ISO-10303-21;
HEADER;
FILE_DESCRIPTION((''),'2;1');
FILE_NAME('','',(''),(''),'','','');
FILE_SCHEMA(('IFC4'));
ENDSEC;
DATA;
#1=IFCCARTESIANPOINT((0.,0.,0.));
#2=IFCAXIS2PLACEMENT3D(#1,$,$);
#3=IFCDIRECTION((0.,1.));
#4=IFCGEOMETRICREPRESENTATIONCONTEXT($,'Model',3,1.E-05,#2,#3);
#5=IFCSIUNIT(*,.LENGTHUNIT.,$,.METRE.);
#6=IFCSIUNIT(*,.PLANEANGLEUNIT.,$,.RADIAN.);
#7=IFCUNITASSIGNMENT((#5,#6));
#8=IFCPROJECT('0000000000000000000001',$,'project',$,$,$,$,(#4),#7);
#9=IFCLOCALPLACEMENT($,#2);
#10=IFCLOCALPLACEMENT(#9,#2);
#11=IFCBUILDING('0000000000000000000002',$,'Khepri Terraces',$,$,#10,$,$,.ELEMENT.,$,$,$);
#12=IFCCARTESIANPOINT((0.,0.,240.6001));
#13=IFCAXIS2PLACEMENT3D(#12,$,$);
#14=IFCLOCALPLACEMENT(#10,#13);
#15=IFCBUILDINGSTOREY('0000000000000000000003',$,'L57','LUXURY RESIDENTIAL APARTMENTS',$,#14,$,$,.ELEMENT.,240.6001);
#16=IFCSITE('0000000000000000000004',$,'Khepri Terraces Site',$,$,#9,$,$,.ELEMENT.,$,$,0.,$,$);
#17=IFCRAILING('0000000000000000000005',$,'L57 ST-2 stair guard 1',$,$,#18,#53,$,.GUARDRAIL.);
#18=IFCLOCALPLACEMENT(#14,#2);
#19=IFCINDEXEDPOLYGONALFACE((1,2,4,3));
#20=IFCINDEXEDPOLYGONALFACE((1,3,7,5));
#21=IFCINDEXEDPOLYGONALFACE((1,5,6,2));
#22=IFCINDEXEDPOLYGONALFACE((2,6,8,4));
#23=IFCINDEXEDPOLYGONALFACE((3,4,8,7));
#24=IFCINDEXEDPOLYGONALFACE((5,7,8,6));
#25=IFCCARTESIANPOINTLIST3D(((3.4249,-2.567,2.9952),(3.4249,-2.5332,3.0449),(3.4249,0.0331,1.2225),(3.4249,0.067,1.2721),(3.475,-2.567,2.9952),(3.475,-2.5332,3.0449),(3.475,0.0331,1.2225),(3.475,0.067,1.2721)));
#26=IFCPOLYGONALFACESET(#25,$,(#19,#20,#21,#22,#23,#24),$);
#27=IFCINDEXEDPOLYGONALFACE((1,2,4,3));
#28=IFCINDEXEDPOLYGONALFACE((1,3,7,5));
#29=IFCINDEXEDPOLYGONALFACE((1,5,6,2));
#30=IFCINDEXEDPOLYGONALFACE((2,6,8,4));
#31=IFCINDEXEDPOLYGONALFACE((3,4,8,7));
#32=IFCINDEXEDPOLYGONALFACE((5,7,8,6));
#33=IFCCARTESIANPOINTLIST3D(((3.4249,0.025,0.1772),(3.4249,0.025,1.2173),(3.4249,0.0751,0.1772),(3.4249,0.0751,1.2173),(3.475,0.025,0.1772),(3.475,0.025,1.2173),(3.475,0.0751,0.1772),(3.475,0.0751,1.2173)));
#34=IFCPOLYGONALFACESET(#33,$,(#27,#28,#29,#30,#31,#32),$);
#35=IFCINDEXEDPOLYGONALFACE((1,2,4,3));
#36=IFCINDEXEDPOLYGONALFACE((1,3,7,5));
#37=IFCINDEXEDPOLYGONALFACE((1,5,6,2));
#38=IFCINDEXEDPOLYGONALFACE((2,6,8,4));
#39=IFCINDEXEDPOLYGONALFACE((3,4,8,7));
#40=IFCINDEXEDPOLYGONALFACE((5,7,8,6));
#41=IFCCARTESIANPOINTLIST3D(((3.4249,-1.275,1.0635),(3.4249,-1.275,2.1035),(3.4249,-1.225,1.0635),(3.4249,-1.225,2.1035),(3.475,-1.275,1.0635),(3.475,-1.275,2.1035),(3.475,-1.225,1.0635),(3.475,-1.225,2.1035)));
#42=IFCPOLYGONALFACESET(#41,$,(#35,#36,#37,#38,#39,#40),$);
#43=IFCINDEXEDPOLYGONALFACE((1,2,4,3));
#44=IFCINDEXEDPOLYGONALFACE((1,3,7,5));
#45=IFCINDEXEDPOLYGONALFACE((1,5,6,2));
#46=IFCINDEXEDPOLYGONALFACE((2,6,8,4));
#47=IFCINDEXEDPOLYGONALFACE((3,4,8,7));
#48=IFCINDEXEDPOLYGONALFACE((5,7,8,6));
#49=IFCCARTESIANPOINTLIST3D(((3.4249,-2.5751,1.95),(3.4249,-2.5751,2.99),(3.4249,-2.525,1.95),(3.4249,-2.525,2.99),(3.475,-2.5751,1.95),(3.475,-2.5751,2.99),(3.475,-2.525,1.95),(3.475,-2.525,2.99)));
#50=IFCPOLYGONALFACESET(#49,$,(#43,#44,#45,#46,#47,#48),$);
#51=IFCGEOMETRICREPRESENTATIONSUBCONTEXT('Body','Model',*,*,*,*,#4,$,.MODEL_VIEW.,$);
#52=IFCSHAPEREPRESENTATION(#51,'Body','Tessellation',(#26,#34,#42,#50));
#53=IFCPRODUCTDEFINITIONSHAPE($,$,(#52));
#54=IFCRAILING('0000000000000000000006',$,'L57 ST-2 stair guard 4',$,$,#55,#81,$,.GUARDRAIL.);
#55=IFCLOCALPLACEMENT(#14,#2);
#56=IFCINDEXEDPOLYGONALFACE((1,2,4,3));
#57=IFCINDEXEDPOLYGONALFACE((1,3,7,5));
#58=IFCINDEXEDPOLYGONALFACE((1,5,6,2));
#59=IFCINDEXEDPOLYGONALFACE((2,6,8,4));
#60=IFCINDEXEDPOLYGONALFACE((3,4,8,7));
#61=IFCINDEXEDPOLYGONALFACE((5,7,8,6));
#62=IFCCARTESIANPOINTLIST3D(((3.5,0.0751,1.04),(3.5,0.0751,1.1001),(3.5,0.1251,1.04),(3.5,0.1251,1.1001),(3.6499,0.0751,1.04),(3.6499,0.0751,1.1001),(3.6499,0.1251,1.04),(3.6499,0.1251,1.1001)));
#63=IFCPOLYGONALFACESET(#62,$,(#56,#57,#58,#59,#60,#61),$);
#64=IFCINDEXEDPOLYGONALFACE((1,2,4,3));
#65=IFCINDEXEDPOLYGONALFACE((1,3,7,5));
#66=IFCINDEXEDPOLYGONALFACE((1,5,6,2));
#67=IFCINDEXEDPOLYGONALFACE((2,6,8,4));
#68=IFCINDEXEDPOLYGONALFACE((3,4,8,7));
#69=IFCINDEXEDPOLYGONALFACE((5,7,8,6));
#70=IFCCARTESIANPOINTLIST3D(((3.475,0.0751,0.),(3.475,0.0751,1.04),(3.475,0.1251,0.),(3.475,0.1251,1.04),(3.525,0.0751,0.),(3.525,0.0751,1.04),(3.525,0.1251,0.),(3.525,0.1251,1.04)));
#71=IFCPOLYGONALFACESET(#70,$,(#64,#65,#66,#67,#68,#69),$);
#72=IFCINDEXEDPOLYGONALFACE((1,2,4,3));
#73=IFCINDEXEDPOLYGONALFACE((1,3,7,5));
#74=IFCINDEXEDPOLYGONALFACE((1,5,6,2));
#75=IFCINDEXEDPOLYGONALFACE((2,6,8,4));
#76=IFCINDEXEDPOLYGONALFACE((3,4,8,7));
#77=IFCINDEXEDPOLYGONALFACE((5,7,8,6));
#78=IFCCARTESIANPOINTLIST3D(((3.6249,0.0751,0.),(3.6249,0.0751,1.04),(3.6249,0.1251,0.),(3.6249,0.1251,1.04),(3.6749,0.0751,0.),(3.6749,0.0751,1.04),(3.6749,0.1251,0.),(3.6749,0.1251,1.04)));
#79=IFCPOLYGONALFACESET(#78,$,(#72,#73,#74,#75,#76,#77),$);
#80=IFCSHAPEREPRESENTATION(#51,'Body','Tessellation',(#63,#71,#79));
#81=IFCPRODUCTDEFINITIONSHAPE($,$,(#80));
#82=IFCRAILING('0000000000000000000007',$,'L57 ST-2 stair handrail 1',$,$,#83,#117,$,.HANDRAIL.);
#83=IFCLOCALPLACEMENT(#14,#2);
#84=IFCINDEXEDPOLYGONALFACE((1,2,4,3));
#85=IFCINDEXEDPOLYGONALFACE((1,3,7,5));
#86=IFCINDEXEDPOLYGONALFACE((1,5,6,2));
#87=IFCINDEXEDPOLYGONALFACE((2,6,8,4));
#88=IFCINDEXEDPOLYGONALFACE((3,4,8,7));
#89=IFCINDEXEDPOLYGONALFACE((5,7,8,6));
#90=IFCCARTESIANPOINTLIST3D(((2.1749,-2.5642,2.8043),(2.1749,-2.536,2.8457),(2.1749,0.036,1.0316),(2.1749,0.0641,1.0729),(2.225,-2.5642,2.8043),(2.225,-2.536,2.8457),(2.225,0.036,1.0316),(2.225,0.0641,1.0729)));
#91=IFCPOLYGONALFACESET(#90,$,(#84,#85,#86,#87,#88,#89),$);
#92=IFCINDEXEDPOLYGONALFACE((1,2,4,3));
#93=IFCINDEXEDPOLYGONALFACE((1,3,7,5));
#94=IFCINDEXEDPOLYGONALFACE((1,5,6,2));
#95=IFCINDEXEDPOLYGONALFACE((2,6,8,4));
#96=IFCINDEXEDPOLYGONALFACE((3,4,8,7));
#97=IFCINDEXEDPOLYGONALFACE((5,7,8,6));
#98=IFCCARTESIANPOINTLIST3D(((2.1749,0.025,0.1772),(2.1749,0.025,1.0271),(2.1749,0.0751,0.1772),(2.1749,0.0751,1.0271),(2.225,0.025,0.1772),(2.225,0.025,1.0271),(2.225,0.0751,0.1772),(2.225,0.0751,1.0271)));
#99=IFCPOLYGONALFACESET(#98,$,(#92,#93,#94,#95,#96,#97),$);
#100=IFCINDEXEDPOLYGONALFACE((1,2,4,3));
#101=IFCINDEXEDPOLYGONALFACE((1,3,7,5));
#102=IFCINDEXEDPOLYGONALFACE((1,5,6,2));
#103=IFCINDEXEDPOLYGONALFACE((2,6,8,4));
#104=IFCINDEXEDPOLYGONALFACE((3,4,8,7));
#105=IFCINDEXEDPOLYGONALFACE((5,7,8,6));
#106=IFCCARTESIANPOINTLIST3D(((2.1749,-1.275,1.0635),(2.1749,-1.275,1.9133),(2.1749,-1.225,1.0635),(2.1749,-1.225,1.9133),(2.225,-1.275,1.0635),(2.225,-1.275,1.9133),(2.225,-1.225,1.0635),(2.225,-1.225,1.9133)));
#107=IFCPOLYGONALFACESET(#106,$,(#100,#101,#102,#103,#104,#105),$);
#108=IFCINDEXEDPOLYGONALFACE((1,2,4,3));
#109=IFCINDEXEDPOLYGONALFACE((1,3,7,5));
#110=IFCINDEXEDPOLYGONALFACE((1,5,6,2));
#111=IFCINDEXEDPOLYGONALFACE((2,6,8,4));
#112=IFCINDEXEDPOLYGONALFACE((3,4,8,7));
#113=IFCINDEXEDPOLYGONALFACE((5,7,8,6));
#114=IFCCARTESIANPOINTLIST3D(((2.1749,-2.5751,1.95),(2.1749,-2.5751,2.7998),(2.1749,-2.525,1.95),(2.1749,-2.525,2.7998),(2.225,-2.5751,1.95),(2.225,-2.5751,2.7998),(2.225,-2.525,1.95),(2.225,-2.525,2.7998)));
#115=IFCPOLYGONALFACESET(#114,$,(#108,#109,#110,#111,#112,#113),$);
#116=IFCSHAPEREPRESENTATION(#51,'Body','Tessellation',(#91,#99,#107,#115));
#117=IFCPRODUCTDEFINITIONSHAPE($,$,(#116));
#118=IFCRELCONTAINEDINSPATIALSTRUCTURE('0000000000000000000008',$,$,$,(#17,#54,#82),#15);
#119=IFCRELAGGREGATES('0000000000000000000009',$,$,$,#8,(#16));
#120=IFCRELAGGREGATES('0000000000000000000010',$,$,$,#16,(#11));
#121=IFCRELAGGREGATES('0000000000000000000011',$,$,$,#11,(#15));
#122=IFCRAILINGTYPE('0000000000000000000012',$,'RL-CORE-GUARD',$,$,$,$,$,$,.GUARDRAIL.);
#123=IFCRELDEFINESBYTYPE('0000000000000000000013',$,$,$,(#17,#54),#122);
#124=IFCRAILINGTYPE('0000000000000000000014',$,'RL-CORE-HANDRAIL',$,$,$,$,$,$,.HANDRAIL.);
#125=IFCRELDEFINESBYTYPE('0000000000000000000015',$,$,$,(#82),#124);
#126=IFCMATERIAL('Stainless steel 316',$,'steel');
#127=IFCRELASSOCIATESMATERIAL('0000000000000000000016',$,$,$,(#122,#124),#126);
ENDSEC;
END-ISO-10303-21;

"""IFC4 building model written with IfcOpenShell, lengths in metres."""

from ifc_helpers import new_model, si_unit, direction, frame, origin, origin_2d, place, context, subcontext, project, spatial, rectangle, extrude, material, type_object, element, save


model = new_model("IFC4")

# Units and contexts
model_context = context("Model", 3, precision=1e-05, world=origin(), true_north=direction((0.0, 1.0)))
body_context = subcontext(model_context, "Body", "Model", "MODEL_VIEW")
ifc_project = project(units=[si_unit("LENGTHUNIT", "METRE"), si_unit("PLANEANGLEUNIT", "RADIAN")], contexts=[model_context])

# Site, building, storey
site_placement = place(None, origin())
site = spatial("IfcSite", under=ifc_project, at=site_placement, Name="Khepri Terraces Site", CompositionType="ELEMENT", RefElevation=0.0)
building_placement = place(site_placement, origin())
building = spatial("IfcBuilding", under=site, at=building_placement, Name="Khepri Terraces", CompositionType="ELEMENT")
storey_placement = place(building_placement, frame((0.0, 0.0, 240.6001)))
storey = spatial("IfcBuildingStorey", under=building, at=storey_placement, Name="L57", Description="LUXURY RESIDENTIAL APARTMENTS", CompositionType="ELEMENT", Elevation=240.6001)

# Railings
ifc_material_1 = material(Name="Stainless steel 316", Category="steel")
railing_type_1 = type_object("IfcRailingType", Name="RL-CORE-GUARD", PredefinedType="GUARDRAIL", material=ifc_material_1)
railing_1_placement = place(storey_placement, frame((3.45, 0.05, 0.1772)))
element("IfcRailing", 1, at=railing_1_placement, inside=storey, type_object=railing_type_1, Name="L57 ST-2 stair guard 1", PredefinedType="GUARDRAIL", context=body_context, shape_type="SweptSolid", body=[
    extrude(rectangle(XDim=0.05, YDim=0.0601, at=origin_2d()), frame((0.0, 0.0, 1.0701), z_axis=(0.0, -0.82624, 0.563318), x_axis=(1.0, 0.0, 0.0)), (0.0, 0.0, 1.0), 3.147),
    extrude(rectangle(XDim=0.05, YDim=0.05, at=origin_2d()), origin(), (0.0, 0.0, 1.0), 1.04),
    extrude(rectangle(XDim=0.05, YDim=0.05, at=origin_2d()), frame((0.0, -1.3, 0.8862)), (0.0, 0.0, 1.0), 1.04),
    extrude(rectangle(XDim=0.05, YDim=0.05, at=origin_2d()), frame((0.0, -2.6001, 1.7727)), (0.0, 0.0, 1.0), 1.04),
])
railing_2_placement = place(storey_placement, frame((3.5, 0.1001, 0.0)))
element("IfcRailing", 2, at=railing_2_placement, inside=storey, type_object=railing_type_1, Name="L57 ST-2 stair guard 4", PredefinedType="GUARDRAIL", context=body_context, shape_type="SweptSolid", body=[
    extrude(rectangle(XDim=0.05, YDim=0.0601, at=origin_2d()), frame((0.0, 0.0, 1.0701), z_axis=(1.0, 0.0, 0.0), x_axis=(0.0, 1.0, 0.0)), (0.0, 0.0, 1.0), 0.1499),
    extrude(rectangle(XDim=0.05, YDim=0.05, at=origin_2d()), origin(), (0.0, 0.0, 1.0), 1.04),
    extrude(rectangle(XDim=0.05, YDim=0.05, at=origin_2d()), frame((0.1499, 0.0, 0.0)), (0.0, 0.0, 1.0), 1.04),
])
railing_type_2 = type_object("IfcRailingType", Name="RL-CORE-HANDRAIL", PredefinedType="HANDRAIL", material=ifc_material_1)
railing_3_placement = place(storey_placement, frame((2.2, 0.05, 0.1772)))
element("IfcRailing", 3, at=railing_3_placement, inside=storey, type_object=railing_type_2, Name="L57 ST-2 stair handrail 1", PredefinedType="HANDRAIL", context=body_context, shape_type="SweptSolid", body=[
    extrude(rectangle(XDim=0.05, YDim=0.05, at=origin_2d()), frame((0.0, 0.0, 0.875), z_axis=(0.0, -0.82624, 0.563318), x_axis=(1.0, 0.0, 0.0)), (0.0, 0.0, 1.0), 3.147),
    extrude(rectangle(XDim=0.05, YDim=0.05, at=origin_2d()), origin(), (0.0, 0.0, 1.0), 0.8499),
    extrude(rectangle(XDim=0.05, YDim=0.05, at=origin_2d()), frame((0.0, -1.3, 0.8862)), (0.0, 0.0, 1.0), 0.8499),
    extrude(rectangle(XDim=0.05, YDim=0.05, at=origin_2d()), frame((0.0, -2.6001, 1.7727)), (0.0, 0.0, 1.0), 0.8499),
])

save(model, "model.ifc")
